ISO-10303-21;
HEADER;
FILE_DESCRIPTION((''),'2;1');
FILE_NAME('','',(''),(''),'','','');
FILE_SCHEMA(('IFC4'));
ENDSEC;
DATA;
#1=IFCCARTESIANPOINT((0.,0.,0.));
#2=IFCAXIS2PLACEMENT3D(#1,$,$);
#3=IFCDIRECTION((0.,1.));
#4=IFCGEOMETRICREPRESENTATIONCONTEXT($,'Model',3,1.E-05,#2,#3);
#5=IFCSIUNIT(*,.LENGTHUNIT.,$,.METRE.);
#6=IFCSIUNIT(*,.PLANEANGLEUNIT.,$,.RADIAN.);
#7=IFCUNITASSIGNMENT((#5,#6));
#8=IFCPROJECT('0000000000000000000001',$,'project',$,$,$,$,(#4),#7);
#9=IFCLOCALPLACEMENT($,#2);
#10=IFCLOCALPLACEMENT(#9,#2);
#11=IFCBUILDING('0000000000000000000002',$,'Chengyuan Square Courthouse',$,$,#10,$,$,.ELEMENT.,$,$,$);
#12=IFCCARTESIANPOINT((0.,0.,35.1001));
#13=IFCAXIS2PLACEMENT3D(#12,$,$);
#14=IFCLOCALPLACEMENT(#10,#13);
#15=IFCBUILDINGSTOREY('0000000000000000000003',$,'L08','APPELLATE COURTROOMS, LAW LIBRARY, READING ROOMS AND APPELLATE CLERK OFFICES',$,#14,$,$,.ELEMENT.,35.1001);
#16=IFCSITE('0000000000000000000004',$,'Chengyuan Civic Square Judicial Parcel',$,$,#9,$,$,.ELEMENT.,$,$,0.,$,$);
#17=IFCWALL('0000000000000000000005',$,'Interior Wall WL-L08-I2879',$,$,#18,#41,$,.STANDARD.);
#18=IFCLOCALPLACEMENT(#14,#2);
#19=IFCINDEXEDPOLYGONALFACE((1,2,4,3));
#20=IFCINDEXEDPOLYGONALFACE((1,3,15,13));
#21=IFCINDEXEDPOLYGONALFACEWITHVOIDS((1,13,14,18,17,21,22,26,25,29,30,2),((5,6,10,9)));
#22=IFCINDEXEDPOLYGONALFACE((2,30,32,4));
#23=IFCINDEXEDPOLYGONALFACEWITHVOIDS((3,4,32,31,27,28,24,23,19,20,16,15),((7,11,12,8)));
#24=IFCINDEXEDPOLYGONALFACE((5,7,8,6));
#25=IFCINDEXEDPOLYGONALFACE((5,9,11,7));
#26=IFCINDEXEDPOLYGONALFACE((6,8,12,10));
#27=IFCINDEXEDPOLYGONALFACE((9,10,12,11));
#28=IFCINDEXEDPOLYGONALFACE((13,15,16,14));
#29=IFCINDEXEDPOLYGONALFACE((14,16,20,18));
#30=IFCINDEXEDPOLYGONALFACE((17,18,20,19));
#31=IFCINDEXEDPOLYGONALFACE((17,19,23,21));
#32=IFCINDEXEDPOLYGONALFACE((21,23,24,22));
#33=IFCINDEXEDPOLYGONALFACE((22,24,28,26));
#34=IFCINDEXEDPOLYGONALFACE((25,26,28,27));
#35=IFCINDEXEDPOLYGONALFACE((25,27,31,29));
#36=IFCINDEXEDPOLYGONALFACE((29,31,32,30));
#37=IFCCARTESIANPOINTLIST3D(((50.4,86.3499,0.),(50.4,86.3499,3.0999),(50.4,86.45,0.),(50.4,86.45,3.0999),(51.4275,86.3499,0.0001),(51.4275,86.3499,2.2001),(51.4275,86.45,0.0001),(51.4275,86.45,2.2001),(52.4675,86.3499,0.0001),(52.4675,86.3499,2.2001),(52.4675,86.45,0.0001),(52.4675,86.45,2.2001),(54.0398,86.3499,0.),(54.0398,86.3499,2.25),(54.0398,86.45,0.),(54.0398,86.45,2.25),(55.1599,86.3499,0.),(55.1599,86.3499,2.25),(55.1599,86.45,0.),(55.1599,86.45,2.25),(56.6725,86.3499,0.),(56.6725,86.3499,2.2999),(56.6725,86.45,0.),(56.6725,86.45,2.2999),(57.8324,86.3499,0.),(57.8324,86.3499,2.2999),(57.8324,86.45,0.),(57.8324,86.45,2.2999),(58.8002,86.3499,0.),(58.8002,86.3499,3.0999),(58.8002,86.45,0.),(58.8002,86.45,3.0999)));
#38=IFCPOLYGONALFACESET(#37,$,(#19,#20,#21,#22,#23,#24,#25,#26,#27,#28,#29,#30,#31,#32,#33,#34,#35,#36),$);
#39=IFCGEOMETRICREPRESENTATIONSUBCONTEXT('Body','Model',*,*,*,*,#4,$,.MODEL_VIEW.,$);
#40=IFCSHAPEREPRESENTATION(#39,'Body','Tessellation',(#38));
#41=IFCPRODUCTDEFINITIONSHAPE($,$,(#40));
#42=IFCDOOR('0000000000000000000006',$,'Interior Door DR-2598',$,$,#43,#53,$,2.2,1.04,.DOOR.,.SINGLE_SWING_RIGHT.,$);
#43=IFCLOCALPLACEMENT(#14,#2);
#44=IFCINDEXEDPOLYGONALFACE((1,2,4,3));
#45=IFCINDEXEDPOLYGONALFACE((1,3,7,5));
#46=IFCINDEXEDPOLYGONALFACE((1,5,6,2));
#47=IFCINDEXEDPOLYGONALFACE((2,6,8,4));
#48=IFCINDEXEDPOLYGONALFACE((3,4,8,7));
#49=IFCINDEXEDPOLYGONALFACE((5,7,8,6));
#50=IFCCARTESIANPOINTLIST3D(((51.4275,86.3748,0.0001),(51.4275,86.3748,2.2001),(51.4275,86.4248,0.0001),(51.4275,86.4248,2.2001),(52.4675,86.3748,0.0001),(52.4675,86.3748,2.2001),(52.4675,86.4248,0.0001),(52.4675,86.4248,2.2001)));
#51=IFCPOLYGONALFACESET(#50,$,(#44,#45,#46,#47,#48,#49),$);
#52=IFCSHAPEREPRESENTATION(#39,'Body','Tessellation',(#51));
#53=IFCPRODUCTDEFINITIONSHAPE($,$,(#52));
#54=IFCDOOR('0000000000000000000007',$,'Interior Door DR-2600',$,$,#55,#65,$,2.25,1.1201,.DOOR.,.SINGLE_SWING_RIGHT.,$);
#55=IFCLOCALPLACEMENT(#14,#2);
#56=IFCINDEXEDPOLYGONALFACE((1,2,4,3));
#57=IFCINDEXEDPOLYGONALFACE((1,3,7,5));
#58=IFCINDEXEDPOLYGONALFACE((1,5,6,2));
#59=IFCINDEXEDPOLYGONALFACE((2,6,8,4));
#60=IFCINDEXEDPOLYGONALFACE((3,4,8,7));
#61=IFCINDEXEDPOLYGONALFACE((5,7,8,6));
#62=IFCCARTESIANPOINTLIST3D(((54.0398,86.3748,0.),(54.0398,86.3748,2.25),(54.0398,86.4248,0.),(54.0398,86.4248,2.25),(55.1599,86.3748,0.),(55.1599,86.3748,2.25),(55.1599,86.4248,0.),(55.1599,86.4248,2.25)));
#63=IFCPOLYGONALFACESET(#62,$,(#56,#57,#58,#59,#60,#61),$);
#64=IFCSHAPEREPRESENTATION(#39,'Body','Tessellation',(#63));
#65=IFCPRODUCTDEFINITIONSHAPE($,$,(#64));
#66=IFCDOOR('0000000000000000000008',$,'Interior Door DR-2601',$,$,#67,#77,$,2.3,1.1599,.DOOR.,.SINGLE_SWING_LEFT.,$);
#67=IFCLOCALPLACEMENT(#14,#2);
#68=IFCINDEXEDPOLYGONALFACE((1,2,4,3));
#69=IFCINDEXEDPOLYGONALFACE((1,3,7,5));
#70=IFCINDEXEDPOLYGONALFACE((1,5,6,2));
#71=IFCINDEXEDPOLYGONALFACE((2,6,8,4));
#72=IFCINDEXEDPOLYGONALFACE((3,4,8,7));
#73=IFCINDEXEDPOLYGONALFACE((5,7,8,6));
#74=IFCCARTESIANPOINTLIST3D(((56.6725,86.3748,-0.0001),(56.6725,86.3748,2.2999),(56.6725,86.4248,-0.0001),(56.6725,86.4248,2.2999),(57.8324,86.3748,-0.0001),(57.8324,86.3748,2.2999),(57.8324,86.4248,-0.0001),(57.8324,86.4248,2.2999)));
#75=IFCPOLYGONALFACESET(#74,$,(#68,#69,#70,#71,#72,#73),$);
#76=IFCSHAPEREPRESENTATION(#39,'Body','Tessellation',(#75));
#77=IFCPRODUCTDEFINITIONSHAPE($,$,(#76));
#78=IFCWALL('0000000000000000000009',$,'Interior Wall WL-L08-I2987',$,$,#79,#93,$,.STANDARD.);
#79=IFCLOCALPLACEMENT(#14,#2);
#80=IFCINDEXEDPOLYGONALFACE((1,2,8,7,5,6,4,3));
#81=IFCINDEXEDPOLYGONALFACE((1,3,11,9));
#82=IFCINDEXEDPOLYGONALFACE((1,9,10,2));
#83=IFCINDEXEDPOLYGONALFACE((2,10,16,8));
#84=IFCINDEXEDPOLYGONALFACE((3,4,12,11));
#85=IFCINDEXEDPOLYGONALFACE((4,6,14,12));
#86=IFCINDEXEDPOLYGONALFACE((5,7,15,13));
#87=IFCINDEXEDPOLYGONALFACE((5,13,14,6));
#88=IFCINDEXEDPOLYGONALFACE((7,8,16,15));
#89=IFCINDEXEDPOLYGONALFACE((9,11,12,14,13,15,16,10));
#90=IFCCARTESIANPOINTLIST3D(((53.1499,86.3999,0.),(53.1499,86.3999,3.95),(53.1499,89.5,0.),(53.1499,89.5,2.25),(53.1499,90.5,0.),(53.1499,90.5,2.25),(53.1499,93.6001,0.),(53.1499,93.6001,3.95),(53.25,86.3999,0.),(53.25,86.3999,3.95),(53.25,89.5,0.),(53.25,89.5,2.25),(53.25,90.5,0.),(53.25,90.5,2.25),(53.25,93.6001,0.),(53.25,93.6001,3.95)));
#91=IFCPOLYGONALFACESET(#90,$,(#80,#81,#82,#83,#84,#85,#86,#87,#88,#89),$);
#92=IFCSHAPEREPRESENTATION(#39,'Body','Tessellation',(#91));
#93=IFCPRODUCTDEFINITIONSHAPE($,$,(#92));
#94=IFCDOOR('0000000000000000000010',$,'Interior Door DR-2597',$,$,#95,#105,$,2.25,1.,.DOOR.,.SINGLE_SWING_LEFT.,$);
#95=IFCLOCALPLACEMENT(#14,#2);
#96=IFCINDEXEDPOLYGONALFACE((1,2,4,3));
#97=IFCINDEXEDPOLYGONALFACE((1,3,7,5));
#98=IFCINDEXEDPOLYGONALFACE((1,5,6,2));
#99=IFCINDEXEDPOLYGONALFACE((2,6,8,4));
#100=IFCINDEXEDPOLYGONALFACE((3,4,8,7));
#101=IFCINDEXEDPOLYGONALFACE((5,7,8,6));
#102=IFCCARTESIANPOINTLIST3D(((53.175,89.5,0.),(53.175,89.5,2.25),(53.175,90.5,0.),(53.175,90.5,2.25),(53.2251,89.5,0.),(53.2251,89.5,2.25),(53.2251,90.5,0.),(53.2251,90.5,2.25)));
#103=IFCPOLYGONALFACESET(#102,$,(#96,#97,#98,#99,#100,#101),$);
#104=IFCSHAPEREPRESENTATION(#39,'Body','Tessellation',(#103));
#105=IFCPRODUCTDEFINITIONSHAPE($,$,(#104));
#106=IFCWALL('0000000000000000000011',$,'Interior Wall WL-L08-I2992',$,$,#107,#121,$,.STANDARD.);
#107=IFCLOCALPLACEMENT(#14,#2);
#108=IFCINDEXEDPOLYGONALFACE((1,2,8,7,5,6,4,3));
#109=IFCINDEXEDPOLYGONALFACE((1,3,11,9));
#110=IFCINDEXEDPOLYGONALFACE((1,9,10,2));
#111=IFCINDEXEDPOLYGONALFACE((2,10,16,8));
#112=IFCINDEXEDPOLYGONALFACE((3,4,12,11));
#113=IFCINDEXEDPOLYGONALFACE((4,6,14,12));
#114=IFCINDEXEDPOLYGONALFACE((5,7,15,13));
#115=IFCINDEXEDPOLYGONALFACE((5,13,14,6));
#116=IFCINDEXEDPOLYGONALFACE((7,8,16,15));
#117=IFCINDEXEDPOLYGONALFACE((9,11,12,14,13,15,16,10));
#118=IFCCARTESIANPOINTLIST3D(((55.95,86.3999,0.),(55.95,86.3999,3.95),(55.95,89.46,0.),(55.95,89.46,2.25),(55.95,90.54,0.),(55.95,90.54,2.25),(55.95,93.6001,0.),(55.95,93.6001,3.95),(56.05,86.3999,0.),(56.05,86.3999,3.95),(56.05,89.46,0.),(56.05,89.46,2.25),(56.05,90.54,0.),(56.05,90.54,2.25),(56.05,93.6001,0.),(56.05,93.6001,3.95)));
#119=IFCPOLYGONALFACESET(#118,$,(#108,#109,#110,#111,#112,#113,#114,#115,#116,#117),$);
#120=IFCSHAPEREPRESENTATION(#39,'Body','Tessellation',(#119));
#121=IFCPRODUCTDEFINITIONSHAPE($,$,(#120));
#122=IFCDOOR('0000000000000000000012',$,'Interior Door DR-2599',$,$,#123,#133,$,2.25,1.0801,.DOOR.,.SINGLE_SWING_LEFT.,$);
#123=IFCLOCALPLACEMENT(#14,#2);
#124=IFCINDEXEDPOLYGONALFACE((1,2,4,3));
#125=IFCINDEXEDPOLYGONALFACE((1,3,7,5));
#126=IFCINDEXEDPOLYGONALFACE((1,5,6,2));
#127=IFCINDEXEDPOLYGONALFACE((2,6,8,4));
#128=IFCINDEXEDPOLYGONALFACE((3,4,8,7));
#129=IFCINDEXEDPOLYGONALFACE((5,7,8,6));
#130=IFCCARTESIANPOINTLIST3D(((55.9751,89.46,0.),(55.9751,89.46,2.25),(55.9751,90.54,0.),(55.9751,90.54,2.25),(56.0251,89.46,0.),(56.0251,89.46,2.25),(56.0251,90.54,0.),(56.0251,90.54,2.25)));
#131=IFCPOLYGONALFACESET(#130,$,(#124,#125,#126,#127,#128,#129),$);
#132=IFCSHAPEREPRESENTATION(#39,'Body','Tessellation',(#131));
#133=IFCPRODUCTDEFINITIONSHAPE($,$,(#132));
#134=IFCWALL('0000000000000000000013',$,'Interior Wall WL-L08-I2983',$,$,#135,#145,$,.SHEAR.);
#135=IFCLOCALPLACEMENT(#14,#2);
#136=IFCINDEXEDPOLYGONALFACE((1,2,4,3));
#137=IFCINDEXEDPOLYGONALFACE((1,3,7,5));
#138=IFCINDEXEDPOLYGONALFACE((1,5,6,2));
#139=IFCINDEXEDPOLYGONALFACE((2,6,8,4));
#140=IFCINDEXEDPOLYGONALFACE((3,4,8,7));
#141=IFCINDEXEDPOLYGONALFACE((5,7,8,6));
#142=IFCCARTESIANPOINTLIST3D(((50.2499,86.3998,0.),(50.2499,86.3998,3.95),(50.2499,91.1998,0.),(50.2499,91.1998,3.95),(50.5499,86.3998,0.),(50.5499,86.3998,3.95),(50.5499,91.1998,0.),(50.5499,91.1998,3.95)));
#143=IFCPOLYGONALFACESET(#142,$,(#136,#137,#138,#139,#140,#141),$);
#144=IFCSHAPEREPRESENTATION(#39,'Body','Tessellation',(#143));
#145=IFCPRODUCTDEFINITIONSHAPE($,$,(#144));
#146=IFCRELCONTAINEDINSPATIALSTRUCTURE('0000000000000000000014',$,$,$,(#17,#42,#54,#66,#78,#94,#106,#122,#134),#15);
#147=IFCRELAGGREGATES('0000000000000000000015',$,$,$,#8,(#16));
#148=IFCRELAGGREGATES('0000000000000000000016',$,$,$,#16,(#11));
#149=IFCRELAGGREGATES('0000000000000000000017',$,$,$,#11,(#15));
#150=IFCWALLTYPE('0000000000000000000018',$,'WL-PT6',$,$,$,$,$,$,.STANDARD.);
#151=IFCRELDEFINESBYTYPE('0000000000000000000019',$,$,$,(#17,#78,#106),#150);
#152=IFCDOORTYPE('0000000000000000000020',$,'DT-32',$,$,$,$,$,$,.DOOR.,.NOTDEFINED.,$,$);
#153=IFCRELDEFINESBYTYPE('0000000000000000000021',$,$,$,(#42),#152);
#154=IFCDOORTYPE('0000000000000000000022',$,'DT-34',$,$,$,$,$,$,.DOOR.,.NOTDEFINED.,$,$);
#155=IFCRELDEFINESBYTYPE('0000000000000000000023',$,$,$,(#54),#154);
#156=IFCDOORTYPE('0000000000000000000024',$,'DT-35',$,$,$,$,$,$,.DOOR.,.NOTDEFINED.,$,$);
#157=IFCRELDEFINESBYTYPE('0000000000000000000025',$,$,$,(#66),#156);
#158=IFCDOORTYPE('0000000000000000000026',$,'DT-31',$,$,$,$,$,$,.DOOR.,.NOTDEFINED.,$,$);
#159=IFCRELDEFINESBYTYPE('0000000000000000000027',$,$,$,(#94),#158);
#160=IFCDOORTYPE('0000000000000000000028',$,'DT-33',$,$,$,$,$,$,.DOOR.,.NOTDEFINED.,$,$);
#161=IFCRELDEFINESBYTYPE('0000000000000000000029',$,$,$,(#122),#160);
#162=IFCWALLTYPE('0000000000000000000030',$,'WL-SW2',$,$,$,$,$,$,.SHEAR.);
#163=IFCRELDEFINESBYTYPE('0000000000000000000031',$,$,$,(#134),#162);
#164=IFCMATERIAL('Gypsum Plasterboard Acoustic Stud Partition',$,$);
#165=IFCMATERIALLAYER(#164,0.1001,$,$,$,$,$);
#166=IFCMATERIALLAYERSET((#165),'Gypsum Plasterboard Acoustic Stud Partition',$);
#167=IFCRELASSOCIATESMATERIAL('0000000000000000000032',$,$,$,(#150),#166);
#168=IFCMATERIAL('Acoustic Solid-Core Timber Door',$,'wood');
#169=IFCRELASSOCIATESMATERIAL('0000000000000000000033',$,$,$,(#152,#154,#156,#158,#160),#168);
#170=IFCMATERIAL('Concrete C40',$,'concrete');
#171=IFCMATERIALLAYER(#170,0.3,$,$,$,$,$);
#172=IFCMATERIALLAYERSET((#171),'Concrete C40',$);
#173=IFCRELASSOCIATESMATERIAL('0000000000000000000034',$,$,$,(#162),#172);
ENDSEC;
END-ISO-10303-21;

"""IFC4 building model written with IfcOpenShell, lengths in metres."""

from ifc_helpers import new_model, si_unit, direction, frame, frame_2d, origin, place, context, subcontext, project, spatial, rectangle, extrude, material, layer, layer_set, type_object, element, fill, save


model = new_model("IFC4")

# Units and contexts
model_context = context("Model", 3, precision=1e-05, world=origin(), true_north=direction((0.0, 1.0)))
body_context = subcontext(model_context, "Body", "Model", "MODEL_VIEW")
ifc_project = project(units=[si_unit("LENGTHUNIT", "METRE"), si_unit("PLANEANGLEUNIT", "RADIAN")], contexts=[model_context])

# Site, building, storey
site_placement = place(None, origin())
site = spatial("IfcSite", under=ifc_project, at=site_placement, Name="Chengyuan Civic Square Judicial Parcel", CompositionType="ELEMENT", RefElevation=0.0)
building_placement = place(site_placement, origin())
building = spatial("IfcBuilding", under=site, at=building_placement, Name="Chengyuan Square Courthouse", CompositionType="ELEMENT")
storey_placement = place(building_placement, frame((0.0, 0.0, 35.1001)))
storey = spatial("IfcBuildingStorey", under=building, at=storey_placement, Name="L08", Description="APPELLATE COURTROOMS, LAW LIBRARY, READING ROOMS AND APPELLATE CLERK OFFICES", CompositionType="ELEMENT", Elevation=35.1001)

# Shared definitions
ifc_material_1 = material(Name="Concrete C40", Category="concrete")

# Wall, openings, doors
ifc_material_2 = material(Name="Gypsum Plasterboard Acoustic Stud Partition")
ifc_layer_1 = layer(ifc_material_2, 0.1001)
ifc_layer_set_1 = layer_set([ifc_layer_1], Name="Gypsum Plasterboard Acoustic Stud Partition")
wall_type_1 = type_object("IfcWallType", Name="WL-PT6", PredefinedType="STANDARD", material=ifc_layer_set_1)
wall_1_placement = place(storey_placement, frame((50.3999, 86.3999, 0.0), z_axis=(0.0, 0.0, 1.0), x_axis=(1.0, 0.0, 0.0)))
wall_1 = element("IfcWall", 1, at=wall_1_placement, inside=storey, type_object=wall_type_1, Name="Interior Wall WL-L08-I2879", PredefinedType="STANDARD", context=body_context, shape_type="SweptSolid", body=[
    extrude(rectangle(XDim=8.4001, YDim=0.1001, at=frame_2d((4.2002, 0.0))), origin(), (0.0, 0.0, 1.0), 3.0999),
])
opening_1_placement = place(wall_1_placement, frame((1.0276, 0.0, 0.0)))
opening_1 = element("IfcOpeningElement", 2, at=opening_1_placement, cuts=wall_1, PredefinedType="OPENING", context=body_context, shape_type="SweptSolid", body=[
    extrude(rectangle(XDim=1.04, YDim=2.2, at=frame_2d((0.52, 1.1001))), frame((0.0, 0.062, 0.0), z_axis=(0.0, -1.0, 0.0), x_axis=(1.0, 0.0, 0.0)), (0.0, 0.0, 1.0), 0.124),
])
opening_2_placement = place(wall_1_placement, frame((3.6399, 0.0, 0.0)))
opening_2 = element("IfcOpeningElement", 3, at=opening_2_placement, cuts=wall_1, PredefinedType="OPENING", context=body_context, shape_type="SweptSolid", body=[
    extrude(rectangle(XDim=1.1201, YDim=2.25, at=frame_2d((0.5601, 1.125))), frame((0.0, 0.062, 0.0), z_axis=(0.0, -1.0, 0.0), x_axis=(1.0, 0.0, 0.0)), (0.0, 0.0, 1.0), 0.124),
])
opening_3_placement = place(wall_1_placement, frame((6.2725, 0.0, 0.0)))
opening_3 = element("IfcOpeningElement", 4, at=opening_3_placement, cuts=wall_1, PredefinedType="OPENING", context=body_context, shape_type="SweptSolid", body=[
    extrude(rectangle(XDim=1.1599, YDim=2.3, at=frame_2d((0.5801, 1.1499))), frame((0.0, 0.062, 0.0), z_axis=(0.0, -1.0, 0.0), x_axis=(1.0, 0.0, 0.0)), (0.0, 0.0, 1.0), 0.124),
])
ifc_material_3 = material(Name="Acoustic Solid-Core Timber Door", Category="wood")
door_type_1 = type_object("IfcDoorType", Name="DT-32", OperationType="NOTDEFINED", PredefinedType="DOOR", material=ifc_material_3)
door_1_placement = place(opening_1_placement, origin())
door_1 = element("IfcDoor", 5, at=door_1_placement, inside=storey, type_object=door_type_1, Name="Interior Door DR-2598", OperationType="SINGLE_SWING_RIGHT", OverallHeight=2.2, OverallWidth=1.04, PredefinedType="DOOR", context=body_context, shape_type="SweptSolid", body=[
    extrude(rectangle(XDim=1.04, YDim=2.2, at=frame_2d((0.52, 1.1001))), frame((0.0, 0.0249, 0.0), z_axis=(0.0, -1.0, 0.0), x_axis=(1.0, 0.0, 0.0)), (0.0, 0.0, 1.0), 0.05),
])
fill(opening_1, door_1)
door_type_2 = type_object("IfcDoorType", Name="DT-34", OperationType="NOTDEFINED", PredefinedType="DOOR", material=ifc_material_3)
door_2_placement = place(opening_2_placement, origin())
door_2 = element("IfcDoor", 6, at=door_2_placement, inside=storey, type_object=door_type_2, Name="Interior Door DR-2600", OperationType="SINGLE_SWING_RIGHT", OverallHeight=2.25, OverallWidth=1.1201, PredefinedType="DOOR", context=body_context, shape_type="SweptSolid", body=[
    extrude(rectangle(XDim=1.1201, YDim=2.25, at=frame_2d((0.5601, 1.125))), frame((0.0, 0.0249, 0.0), z_axis=(0.0, -1.0, 0.0), x_axis=(1.0, 0.0, 0.0)), (0.0, 0.0, 1.0), 0.05),
])
fill(opening_2, door_2)
door_type_3 = type_object("IfcDoorType", Name="DT-35", OperationType="NOTDEFINED", PredefinedType="DOOR", material=ifc_material_3)
door_3_placement = place(opening_3_placement, origin())
door_3 = element("IfcDoor", 7, at=door_3_placement, inside=storey, type_object=door_type_3, Name="Interior Door DR-2601", OperationType="SINGLE_SWING_LEFT", OverallHeight=2.3, OverallWidth=1.1599, PredefinedType="DOOR", context=body_context, shape_type="SweptSolid", body=[
    extrude(rectangle(XDim=1.1599, YDim=2.3, at=frame_2d((0.5801, 1.1499))), frame((0.0, 0.0249, 0.0), z_axis=(0.0, -1.0, 0.0), x_axis=(1.0, 0.0, 0.0)), (0.0, 0.0, 1.0), 0.05),
])
fill(opening_3, door_3)

# Walls, openings, doors
wall_2_placement = place(storey_placement, frame((53.2, 86.3999, 0.0), z_axis=(0.0, 0.0, 1.0), x_axis=(0.0, 1.0, 0.0)))
wall_2 = element("IfcWall", 8, at=wall_2_placement, inside=storey, type_object=wall_type_1, Name="Interior Wall WL-L08-I2987", PredefinedType="STANDARD", context=body_context, shape_type="SweptSolid", body=[
    extrude(rectangle(XDim=7.2002, YDim=0.1001, at=frame_2d((3.6001, 0.0))), origin(), (0.0, 0.0, 1.0), 3.95),
])
opening_4_placement = place(wall_2_placement, frame((3.1001, 0.0, 0.0)))
opening_4 = element("IfcOpeningElement", 9, at=opening_4_placement, cuts=wall_2, PredefinedType="OPENING", context=body_context, shape_type="SweptSolid", body=[
    extrude(rectangle(XDim=1.0, YDim=2.25, at=frame_2d((0.5, 1.125))), frame((0.0, 0.062, 0.0), z_axis=(0.0, -1.0, 0.0), x_axis=(1.0, 0.0, 0.0)), (0.0, 0.0, 1.0), 0.124),
])
door_type_4 = type_object("IfcDoorType", Name="DT-31", OperationType="NOTDEFINED", PredefinedType="DOOR", material=ifc_material_3)
door_4_placement = place(opening_4_placement, origin())
door_4 = element("IfcDoor", 10, at=door_4_placement, inside=storey, type_object=door_type_4, Name="Interior Door DR-2597", OperationType="SINGLE_SWING_LEFT", OverallHeight=2.25, OverallWidth=1.0, PredefinedType="DOOR", context=body_context, shape_type="SweptSolid", body=[
    extrude(rectangle(XDim=1.0, YDim=2.25, at=frame_2d((0.5, 1.125))), frame((0.0, 0.0249, 0.0), z_axis=(0.0, -1.0, 0.0), x_axis=(1.0, 0.0, 0.0)), (0.0, 0.0, 1.0), 0.05),
])
fill(opening_4, door_4)
wall_3_placement = place(storey_placement, frame((56.0, 86.3999, 0.0), z_axis=(0.0, 0.0, 1.0), x_axis=(0.0, 1.0, 0.0)))
wall_3 = element("IfcWall", 11, at=wall_3_placement, inside=storey, type_object=wall_type_1, Name="Interior Wall WL-L08-I2992", PredefinedType="STANDARD", context=body_context, shape_type="SweptSolid", body=[
    extrude(rectangle(XDim=7.2002, YDim=0.1001, at=frame_2d((3.6001, 0.0))), origin(), (0.0, 0.0, 1.0), 3.95),
])
opening_5_placement = place(wall_3_placement, frame((3.0601, 0.0, 0.0)))
opening_5 = element("IfcOpeningElement", 12, at=opening_5_placement, cuts=wall_3, PredefinedType="OPENING", context=body_context, shape_type="SweptSolid", body=[
    extrude(rectangle(XDim=1.0801, YDim=2.25, at=frame_2d((0.54, 1.125))), frame((0.0, 0.062, 0.0), z_axis=(0.0, -1.0, 0.0), x_axis=(1.0, 0.0, 0.0)), (0.0, 0.0, 1.0), 0.124),
])
door_type_5 = type_object("IfcDoorType", Name="DT-33", OperationType="NOTDEFINED", PredefinedType="DOOR", material=ifc_material_3)
door_5_placement = place(opening_5_placement, origin())
door_5 = element("IfcDoor", 13, at=door_5_placement, inside=storey, type_object=door_type_5, Name="Interior Door DR-2599", OperationType="SINGLE_SWING_LEFT", OverallHeight=2.25, OverallWidth=1.0801, PredefinedType="DOOR", context=body_context, shape_type="SweptSolid", body=[
    extrude(rectangle(XDim=1.0801, YDim=2.25, at=frame_2d((0.54, 1.125))), frame((0.0, 0.0249, 0.0), z_axis=(0.0, -1.0, 0.0), x_axis=(1.0, 0.0, 0.0)), (0.0, 0.0, 1.0), 0.05),
])
fill(opening_5, door_5)

# Wall
ifc_layer_2 = layer(ifc_material_1, 0.3)
ifc_layer_set_2 = layer_set([ifc_layer_2], Name="Concrete C40")
wall_type_2 = type_object("IfcWallType", Name="WL-SW2", PredefinedType="SHEAR", material=ifc_layer_set_2)
wall_4_placement = place(storey_placement, frame((50.3999, 86.3999, 0.0), z_axis=(0.0, 0.0, 1.0), x_axis=(0.0, 1.0, 0.0)))
element("IfcWall", 14, at=wall_4_placement, inside=storey, type_object=wall_type_2, Name="Interior Wall WL-L08-I2983", PredefinedType="SHEAR", context=body_context, shape_type="SweptSolid", body=[
    extrude(rectangle(XDim=4.8, YDim=0.3, at=frame_2d((2.3999, 0.0))), origin(), (0.0, 0.0, 1.0), 3.95),
])

save(model, "model.ifc")
